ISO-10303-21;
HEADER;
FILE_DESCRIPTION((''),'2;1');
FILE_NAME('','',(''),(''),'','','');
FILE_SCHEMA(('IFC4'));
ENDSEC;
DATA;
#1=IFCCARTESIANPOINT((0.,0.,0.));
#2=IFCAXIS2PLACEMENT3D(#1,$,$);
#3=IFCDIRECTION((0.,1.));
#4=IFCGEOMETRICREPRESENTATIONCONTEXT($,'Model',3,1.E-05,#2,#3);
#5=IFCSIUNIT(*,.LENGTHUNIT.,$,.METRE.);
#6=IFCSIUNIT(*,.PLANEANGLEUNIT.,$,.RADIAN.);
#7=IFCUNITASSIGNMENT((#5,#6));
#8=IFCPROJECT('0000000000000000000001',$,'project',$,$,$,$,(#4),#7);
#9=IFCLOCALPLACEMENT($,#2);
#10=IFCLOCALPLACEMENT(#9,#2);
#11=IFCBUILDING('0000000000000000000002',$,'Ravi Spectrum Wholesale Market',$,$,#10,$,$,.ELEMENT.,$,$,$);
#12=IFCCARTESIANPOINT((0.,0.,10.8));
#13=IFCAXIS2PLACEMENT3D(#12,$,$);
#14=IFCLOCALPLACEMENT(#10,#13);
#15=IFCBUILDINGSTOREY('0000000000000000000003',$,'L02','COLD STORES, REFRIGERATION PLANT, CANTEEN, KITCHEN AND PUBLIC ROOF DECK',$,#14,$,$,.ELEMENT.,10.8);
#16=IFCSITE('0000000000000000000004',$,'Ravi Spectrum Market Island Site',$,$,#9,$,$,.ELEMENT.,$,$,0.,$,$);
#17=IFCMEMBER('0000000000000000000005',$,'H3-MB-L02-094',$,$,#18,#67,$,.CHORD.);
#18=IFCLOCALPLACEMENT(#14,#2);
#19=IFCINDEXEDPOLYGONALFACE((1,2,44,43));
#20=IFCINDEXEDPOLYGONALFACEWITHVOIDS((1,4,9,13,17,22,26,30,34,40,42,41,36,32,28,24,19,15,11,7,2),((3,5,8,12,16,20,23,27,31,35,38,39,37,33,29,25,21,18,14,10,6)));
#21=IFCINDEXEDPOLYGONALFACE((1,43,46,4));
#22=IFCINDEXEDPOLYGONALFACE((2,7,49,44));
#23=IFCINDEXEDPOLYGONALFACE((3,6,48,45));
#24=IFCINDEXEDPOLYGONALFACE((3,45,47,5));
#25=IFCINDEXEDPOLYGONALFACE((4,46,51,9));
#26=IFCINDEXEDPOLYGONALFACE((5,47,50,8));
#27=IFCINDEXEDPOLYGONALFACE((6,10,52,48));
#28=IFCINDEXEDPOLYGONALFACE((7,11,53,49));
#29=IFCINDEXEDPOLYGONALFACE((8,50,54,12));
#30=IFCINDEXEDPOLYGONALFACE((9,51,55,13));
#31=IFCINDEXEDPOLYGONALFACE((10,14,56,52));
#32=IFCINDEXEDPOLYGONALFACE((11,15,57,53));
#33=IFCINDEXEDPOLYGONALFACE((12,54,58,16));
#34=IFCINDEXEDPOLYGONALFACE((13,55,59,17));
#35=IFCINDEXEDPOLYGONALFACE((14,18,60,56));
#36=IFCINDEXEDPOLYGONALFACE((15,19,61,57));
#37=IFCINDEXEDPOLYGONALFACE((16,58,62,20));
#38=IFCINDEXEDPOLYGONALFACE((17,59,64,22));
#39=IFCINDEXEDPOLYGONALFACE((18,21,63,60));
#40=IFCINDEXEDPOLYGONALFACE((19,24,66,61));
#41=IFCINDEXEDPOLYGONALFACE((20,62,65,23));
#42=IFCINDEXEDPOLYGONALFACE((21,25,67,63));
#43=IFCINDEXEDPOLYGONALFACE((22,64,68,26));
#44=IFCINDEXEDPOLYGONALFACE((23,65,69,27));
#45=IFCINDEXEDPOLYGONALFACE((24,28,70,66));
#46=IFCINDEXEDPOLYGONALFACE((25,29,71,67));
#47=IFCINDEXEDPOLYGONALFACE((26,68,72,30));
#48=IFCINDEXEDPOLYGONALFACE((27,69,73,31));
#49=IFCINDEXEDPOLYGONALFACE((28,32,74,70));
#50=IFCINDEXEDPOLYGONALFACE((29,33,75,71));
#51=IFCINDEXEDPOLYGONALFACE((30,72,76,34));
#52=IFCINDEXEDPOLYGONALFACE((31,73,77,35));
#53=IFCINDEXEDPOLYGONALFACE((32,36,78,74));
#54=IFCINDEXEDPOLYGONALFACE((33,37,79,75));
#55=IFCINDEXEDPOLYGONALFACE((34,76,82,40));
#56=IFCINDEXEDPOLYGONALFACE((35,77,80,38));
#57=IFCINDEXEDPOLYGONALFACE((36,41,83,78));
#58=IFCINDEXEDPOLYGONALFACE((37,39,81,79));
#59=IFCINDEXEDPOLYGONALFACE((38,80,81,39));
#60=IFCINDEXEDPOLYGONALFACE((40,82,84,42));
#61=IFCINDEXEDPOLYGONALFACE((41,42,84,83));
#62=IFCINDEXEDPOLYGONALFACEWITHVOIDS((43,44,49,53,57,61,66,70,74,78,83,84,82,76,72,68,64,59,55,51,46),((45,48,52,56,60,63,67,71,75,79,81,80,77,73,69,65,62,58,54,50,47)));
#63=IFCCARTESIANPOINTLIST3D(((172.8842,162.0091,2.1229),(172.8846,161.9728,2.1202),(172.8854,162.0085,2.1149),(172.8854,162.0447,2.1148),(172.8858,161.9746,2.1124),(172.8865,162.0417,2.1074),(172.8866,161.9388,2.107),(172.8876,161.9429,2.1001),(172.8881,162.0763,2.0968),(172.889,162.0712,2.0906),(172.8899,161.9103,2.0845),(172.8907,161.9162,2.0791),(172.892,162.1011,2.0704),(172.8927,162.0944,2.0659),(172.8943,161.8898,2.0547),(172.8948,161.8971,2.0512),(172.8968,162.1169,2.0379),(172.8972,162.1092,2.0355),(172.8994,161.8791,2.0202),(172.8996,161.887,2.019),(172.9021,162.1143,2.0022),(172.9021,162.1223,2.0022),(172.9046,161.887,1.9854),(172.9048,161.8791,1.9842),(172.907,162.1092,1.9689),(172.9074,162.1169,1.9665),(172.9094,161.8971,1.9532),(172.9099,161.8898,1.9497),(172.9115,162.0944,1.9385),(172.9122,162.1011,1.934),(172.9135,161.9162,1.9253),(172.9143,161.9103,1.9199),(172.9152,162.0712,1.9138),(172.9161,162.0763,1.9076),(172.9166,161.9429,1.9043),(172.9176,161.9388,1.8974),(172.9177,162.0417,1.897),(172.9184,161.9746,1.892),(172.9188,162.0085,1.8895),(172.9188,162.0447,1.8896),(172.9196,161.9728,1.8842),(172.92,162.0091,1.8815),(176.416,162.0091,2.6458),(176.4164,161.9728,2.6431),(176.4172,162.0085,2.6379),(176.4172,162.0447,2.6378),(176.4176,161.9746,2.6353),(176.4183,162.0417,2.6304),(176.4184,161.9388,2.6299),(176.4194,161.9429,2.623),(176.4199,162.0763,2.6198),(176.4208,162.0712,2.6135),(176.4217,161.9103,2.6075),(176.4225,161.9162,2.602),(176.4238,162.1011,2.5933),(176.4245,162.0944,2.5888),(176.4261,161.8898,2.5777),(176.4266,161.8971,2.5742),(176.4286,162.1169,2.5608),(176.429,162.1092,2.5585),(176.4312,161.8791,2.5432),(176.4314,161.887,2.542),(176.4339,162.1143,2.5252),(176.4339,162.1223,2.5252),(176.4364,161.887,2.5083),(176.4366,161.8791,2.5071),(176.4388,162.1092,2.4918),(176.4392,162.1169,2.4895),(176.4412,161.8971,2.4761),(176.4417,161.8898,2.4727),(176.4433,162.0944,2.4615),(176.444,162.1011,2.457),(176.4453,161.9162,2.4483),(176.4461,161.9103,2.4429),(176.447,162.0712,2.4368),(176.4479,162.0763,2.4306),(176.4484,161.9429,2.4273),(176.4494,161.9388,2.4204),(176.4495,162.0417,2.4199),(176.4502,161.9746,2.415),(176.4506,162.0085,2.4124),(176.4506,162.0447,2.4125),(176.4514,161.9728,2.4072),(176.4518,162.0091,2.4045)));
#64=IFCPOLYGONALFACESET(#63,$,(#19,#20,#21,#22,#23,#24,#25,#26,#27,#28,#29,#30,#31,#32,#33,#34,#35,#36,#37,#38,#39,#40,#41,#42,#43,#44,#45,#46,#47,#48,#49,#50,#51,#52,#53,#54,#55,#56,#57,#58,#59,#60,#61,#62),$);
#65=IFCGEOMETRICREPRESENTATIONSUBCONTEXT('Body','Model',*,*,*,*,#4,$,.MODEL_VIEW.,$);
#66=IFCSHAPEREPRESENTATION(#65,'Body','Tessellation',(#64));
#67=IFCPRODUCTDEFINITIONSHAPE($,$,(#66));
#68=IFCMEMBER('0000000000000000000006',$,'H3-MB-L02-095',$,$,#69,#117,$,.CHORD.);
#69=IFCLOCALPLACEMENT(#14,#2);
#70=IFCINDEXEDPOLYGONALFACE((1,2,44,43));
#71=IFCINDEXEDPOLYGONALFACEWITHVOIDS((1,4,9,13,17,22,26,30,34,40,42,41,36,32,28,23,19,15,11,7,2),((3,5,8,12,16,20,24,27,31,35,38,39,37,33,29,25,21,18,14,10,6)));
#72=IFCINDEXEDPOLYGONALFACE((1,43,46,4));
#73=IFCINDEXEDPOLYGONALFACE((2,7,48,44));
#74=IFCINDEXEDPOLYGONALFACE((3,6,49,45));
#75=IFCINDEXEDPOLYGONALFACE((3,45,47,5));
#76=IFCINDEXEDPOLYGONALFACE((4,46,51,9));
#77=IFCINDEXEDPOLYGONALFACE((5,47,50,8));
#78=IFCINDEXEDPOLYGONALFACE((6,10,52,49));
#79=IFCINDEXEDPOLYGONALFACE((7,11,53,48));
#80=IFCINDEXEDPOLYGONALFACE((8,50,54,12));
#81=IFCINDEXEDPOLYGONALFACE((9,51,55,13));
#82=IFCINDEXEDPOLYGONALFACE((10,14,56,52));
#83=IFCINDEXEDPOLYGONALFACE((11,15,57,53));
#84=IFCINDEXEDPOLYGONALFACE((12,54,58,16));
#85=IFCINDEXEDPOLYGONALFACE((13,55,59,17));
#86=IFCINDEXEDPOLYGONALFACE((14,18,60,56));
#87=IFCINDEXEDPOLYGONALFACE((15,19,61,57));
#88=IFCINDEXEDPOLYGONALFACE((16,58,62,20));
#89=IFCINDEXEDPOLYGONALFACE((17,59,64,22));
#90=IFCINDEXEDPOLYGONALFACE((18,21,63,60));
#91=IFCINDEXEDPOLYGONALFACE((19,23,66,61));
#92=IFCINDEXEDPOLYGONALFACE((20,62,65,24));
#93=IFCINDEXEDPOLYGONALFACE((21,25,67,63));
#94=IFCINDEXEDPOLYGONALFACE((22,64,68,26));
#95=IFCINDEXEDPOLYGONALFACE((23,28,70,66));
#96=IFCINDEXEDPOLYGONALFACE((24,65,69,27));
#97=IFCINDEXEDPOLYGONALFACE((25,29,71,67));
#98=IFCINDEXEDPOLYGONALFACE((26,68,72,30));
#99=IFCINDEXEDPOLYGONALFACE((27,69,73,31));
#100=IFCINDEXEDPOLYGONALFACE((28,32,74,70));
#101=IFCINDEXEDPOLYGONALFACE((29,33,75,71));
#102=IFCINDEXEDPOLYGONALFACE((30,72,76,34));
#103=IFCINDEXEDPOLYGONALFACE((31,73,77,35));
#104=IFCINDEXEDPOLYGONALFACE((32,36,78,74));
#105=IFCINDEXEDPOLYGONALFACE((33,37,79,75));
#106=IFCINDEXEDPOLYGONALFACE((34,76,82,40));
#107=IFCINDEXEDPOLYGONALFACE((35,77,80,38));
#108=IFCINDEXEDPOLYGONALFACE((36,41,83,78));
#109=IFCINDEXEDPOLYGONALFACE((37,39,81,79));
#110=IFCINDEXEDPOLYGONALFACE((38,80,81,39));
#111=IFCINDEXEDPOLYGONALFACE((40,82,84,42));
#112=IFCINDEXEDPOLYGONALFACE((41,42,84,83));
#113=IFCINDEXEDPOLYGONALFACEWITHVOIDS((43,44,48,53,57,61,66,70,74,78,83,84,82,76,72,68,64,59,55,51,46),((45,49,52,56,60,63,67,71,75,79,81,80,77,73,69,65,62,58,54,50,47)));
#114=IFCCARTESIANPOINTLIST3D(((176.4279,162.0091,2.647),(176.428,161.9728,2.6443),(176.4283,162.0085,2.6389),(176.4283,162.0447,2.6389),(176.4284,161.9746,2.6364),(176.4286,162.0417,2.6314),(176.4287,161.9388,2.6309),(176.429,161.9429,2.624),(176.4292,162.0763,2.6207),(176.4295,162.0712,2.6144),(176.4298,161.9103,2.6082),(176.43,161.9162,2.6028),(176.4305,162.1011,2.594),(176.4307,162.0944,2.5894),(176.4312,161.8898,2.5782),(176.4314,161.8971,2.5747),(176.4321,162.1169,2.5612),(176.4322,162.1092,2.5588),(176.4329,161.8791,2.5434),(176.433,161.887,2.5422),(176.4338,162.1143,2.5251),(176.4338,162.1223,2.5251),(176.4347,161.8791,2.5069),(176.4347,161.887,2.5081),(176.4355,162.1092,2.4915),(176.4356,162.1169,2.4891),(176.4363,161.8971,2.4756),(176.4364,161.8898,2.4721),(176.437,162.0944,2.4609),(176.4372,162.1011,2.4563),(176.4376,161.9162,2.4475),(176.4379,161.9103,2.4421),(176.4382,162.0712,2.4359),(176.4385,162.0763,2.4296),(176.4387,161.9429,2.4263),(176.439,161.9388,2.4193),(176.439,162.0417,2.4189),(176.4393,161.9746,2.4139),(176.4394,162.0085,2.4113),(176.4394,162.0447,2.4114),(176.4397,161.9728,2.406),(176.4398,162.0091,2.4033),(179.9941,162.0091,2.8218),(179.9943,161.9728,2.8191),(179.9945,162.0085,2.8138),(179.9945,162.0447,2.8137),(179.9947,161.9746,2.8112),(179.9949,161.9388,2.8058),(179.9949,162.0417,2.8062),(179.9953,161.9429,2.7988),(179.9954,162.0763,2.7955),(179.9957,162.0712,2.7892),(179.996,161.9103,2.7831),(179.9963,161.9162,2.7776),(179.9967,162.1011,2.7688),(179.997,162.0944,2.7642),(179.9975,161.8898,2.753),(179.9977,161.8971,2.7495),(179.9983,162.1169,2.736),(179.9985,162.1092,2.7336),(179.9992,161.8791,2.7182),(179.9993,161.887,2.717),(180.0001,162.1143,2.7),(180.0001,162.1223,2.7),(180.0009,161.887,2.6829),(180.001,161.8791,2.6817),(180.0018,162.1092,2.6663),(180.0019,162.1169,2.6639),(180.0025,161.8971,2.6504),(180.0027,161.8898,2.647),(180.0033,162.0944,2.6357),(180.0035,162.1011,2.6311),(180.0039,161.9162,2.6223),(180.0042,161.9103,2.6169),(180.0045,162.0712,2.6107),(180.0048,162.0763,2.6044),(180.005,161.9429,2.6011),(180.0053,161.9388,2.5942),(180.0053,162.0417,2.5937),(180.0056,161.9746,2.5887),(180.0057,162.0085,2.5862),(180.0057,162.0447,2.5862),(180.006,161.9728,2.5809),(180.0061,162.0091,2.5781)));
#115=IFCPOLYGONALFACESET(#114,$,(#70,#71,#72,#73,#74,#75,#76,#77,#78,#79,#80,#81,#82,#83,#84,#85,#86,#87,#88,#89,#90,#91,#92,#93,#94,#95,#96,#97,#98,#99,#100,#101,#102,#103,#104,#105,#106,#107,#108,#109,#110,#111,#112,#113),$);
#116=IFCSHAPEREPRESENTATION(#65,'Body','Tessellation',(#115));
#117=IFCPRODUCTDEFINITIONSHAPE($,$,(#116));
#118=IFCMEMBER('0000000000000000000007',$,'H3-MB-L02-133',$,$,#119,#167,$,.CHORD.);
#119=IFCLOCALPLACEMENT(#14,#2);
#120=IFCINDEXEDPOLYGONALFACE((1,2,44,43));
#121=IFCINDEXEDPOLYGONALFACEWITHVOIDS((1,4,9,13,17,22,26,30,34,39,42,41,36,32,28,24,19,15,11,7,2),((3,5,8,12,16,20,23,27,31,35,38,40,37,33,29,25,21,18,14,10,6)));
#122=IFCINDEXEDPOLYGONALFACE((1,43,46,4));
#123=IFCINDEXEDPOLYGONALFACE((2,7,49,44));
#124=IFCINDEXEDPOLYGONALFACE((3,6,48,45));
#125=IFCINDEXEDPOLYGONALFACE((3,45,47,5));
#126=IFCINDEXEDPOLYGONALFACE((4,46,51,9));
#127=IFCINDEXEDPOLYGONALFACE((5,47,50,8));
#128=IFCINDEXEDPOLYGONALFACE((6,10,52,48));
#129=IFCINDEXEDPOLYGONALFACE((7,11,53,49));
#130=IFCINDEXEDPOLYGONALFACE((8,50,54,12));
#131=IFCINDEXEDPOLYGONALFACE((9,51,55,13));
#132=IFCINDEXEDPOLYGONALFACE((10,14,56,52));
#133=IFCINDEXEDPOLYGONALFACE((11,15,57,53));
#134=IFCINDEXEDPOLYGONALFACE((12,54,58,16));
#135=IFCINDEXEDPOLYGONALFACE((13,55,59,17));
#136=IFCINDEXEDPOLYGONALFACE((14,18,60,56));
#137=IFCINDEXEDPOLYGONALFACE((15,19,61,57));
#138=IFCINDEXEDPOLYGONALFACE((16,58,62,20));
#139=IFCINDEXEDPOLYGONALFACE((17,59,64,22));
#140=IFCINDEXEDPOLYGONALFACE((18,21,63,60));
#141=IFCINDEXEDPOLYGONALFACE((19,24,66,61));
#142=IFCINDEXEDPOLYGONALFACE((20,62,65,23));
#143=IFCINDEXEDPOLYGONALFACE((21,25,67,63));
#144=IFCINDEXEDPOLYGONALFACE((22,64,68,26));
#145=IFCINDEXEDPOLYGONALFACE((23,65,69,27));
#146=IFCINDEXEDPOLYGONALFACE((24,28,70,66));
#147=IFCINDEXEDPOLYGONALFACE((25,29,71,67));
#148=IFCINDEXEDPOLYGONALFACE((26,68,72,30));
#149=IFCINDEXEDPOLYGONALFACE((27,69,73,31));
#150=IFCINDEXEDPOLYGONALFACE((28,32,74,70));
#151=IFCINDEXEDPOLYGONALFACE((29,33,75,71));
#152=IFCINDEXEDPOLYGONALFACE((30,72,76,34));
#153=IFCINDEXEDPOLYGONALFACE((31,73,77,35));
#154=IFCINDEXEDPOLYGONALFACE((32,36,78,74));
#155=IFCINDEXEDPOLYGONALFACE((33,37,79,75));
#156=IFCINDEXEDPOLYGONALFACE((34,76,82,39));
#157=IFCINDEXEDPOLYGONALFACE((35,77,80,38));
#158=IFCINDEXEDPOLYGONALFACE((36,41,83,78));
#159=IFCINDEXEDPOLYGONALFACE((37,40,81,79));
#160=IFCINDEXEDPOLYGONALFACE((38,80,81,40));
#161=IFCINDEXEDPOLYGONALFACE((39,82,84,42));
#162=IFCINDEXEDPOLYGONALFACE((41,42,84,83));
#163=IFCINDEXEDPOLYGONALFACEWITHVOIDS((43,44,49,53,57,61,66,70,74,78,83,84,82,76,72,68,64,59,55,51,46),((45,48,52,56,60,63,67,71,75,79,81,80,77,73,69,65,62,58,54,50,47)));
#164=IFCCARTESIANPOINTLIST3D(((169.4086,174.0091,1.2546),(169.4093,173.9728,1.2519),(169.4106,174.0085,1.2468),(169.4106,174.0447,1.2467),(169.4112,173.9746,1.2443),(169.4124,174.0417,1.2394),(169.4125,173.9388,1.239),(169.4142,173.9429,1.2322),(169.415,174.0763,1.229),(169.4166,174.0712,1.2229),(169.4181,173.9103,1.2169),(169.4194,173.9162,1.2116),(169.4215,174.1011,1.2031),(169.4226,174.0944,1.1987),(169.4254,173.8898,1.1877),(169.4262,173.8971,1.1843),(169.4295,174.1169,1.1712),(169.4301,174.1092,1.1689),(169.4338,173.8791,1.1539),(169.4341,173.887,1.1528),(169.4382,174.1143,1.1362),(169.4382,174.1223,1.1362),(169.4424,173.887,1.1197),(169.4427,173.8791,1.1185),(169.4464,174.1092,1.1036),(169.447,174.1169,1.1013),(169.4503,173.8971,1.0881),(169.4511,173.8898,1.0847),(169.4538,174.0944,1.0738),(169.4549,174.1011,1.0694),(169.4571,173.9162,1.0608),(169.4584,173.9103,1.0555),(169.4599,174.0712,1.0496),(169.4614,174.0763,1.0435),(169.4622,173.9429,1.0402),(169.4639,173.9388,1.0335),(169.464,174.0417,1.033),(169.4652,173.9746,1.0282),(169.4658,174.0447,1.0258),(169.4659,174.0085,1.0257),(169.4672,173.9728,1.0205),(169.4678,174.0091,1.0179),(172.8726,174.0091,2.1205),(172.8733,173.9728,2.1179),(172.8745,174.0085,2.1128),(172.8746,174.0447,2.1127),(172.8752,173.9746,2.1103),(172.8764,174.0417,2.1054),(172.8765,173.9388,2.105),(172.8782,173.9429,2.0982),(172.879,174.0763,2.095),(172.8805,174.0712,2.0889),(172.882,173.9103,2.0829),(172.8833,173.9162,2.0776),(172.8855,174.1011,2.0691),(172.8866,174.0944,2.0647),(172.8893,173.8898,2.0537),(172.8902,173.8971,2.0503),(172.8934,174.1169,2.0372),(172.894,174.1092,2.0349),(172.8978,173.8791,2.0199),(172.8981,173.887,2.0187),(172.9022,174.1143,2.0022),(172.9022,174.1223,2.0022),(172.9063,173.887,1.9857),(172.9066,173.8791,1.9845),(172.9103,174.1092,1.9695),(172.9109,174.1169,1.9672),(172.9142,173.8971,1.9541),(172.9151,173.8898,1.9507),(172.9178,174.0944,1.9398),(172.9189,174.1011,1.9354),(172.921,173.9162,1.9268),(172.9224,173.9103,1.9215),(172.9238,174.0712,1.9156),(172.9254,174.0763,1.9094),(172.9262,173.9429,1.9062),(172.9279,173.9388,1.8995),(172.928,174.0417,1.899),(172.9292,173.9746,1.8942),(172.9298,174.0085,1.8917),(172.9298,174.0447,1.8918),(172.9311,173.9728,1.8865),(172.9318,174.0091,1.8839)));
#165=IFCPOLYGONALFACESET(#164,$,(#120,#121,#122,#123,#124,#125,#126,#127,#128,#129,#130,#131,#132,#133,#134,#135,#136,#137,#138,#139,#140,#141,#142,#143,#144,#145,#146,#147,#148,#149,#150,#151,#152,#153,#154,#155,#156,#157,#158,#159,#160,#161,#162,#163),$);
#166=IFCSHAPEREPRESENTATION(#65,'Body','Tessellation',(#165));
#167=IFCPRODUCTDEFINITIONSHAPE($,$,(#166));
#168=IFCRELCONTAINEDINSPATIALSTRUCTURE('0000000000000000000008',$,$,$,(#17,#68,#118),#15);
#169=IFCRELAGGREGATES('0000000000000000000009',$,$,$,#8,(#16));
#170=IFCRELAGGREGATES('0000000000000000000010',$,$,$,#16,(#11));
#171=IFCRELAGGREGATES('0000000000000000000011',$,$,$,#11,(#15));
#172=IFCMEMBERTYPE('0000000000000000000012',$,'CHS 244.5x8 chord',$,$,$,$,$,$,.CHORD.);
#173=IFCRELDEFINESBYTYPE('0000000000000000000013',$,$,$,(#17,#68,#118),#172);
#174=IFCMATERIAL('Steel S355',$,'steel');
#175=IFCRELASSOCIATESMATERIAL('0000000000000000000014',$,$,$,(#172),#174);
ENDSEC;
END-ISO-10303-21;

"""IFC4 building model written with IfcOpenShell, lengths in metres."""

from ifc_helpers import new_model, si_unit, direction, frame, origin, origin_2d, place, context, subcontext, project, spatial, hollow_circle, extrude, material, material_profile, profile_set, type_object, element, save


model = new_model("IFC4")

# Units and contexts
model_context = context("Model", 3, precision=1e-05, world=origin(), true_north=direction((0.0, 1.0)))
body_context = subcontext(model_context, "Body", "Model", "MODEL_VIEW")
ifc_project = project(units=[si_unit("LENGTHUNIT", "METRE"), si_unit("PLANEANGLEUNIT", "RADIAN")], contexts=[model_context])

# Site, building, storey
site_placement = place(None, origin())
site = spatial("IfcSite", under=ifc_project, at=site_placement, Name="Ravi Spectrum Market Island Site", CompositionType="ELEMENT", RefElevation=0.0)
building_placement = place(site_placement, origin())
building = spatial("IfcBuilding", under=site, at=building_placement, Name="Ravi Spectrum Wholesale Market", CompositionType="ELEMENT")
storey_placement = place(building_placement, frame((0.0, 0.0, 10.8)))
storey = spatial("IfcBuildingStorey", under=building, at=storey_placement, Name="L02", Description="COLD STORES, REFRIGERATION PLANT, CANTEEN, KITCHEN AND PUBLIC ROOF DECK", CompositionType="ELEMENT", Elevation=10.8)

# Members
ifc_material_1 = material(Name="Steel S355", Category="steel")
ifc_material_profile_1 = material_profile(ifc_material_1, hollow_circle(Radius=0.1223, WallThickness=0.0081, at=origin_2d()))
ifc_profile_set_1 = profile_set([ifc_material_profile_1], Name="Steel S355")
member_type_1 = type_object("IfcMemberType", Name="CHS 244.5x8 chord", PredefinedType="CHORD", material=ifc_profile_set_1)
member_1_placement = place(storey_placement, frame((172.9021, 162.0, 2.0022), z_axis=(0.989214, 0.0, 0.146474), x_axis=(0.0, 1.0, 0.0)))
element("IfcMember", 1, at=member_1_placement, inside=storey, type_object=member_type_1, Name="H3-MB-L02-094", PredefinedType="CHORD", context=body_context, shape_type="SweptSolid", body=[
    extrude(hollow_circle(Radius=0.1223, WallThickness=0.0081, at=origin_2d()), origin(), (0.0, 0.0, 1.0), 3.5703),
])
for number, where, z_axis, x_axis, name in (
    (2, (176.4338, 162.0, 2.5251), (0.998801, 0.0, 0.048959), (0.0, 1.0, 0.0), "H3-MB-L02-095"),
    (3, (169.4382, 174.0, 1.1362), (0.970143, 0.0, 0.242536), (0.0, 1.0, 0.0), "H3-MB-L02-133"),
):
    element("IfcMember", number, at=place(storey_placement, frame(where, z_axis=z_axis, x_axis=x_axis)), inside=storey, type_object=member_type_1, Name=name, PredefinedType="CHORD", context=body_context, shape_type="SweptSolid", body=[
        extrude(hollow_circle(Radius=0.1223, WallThickness=0.0081, at=origin_2d()), origin(), (0.0, 0.0, 1.0), 3.5706),
    ])

save(model, "model.ifc")
